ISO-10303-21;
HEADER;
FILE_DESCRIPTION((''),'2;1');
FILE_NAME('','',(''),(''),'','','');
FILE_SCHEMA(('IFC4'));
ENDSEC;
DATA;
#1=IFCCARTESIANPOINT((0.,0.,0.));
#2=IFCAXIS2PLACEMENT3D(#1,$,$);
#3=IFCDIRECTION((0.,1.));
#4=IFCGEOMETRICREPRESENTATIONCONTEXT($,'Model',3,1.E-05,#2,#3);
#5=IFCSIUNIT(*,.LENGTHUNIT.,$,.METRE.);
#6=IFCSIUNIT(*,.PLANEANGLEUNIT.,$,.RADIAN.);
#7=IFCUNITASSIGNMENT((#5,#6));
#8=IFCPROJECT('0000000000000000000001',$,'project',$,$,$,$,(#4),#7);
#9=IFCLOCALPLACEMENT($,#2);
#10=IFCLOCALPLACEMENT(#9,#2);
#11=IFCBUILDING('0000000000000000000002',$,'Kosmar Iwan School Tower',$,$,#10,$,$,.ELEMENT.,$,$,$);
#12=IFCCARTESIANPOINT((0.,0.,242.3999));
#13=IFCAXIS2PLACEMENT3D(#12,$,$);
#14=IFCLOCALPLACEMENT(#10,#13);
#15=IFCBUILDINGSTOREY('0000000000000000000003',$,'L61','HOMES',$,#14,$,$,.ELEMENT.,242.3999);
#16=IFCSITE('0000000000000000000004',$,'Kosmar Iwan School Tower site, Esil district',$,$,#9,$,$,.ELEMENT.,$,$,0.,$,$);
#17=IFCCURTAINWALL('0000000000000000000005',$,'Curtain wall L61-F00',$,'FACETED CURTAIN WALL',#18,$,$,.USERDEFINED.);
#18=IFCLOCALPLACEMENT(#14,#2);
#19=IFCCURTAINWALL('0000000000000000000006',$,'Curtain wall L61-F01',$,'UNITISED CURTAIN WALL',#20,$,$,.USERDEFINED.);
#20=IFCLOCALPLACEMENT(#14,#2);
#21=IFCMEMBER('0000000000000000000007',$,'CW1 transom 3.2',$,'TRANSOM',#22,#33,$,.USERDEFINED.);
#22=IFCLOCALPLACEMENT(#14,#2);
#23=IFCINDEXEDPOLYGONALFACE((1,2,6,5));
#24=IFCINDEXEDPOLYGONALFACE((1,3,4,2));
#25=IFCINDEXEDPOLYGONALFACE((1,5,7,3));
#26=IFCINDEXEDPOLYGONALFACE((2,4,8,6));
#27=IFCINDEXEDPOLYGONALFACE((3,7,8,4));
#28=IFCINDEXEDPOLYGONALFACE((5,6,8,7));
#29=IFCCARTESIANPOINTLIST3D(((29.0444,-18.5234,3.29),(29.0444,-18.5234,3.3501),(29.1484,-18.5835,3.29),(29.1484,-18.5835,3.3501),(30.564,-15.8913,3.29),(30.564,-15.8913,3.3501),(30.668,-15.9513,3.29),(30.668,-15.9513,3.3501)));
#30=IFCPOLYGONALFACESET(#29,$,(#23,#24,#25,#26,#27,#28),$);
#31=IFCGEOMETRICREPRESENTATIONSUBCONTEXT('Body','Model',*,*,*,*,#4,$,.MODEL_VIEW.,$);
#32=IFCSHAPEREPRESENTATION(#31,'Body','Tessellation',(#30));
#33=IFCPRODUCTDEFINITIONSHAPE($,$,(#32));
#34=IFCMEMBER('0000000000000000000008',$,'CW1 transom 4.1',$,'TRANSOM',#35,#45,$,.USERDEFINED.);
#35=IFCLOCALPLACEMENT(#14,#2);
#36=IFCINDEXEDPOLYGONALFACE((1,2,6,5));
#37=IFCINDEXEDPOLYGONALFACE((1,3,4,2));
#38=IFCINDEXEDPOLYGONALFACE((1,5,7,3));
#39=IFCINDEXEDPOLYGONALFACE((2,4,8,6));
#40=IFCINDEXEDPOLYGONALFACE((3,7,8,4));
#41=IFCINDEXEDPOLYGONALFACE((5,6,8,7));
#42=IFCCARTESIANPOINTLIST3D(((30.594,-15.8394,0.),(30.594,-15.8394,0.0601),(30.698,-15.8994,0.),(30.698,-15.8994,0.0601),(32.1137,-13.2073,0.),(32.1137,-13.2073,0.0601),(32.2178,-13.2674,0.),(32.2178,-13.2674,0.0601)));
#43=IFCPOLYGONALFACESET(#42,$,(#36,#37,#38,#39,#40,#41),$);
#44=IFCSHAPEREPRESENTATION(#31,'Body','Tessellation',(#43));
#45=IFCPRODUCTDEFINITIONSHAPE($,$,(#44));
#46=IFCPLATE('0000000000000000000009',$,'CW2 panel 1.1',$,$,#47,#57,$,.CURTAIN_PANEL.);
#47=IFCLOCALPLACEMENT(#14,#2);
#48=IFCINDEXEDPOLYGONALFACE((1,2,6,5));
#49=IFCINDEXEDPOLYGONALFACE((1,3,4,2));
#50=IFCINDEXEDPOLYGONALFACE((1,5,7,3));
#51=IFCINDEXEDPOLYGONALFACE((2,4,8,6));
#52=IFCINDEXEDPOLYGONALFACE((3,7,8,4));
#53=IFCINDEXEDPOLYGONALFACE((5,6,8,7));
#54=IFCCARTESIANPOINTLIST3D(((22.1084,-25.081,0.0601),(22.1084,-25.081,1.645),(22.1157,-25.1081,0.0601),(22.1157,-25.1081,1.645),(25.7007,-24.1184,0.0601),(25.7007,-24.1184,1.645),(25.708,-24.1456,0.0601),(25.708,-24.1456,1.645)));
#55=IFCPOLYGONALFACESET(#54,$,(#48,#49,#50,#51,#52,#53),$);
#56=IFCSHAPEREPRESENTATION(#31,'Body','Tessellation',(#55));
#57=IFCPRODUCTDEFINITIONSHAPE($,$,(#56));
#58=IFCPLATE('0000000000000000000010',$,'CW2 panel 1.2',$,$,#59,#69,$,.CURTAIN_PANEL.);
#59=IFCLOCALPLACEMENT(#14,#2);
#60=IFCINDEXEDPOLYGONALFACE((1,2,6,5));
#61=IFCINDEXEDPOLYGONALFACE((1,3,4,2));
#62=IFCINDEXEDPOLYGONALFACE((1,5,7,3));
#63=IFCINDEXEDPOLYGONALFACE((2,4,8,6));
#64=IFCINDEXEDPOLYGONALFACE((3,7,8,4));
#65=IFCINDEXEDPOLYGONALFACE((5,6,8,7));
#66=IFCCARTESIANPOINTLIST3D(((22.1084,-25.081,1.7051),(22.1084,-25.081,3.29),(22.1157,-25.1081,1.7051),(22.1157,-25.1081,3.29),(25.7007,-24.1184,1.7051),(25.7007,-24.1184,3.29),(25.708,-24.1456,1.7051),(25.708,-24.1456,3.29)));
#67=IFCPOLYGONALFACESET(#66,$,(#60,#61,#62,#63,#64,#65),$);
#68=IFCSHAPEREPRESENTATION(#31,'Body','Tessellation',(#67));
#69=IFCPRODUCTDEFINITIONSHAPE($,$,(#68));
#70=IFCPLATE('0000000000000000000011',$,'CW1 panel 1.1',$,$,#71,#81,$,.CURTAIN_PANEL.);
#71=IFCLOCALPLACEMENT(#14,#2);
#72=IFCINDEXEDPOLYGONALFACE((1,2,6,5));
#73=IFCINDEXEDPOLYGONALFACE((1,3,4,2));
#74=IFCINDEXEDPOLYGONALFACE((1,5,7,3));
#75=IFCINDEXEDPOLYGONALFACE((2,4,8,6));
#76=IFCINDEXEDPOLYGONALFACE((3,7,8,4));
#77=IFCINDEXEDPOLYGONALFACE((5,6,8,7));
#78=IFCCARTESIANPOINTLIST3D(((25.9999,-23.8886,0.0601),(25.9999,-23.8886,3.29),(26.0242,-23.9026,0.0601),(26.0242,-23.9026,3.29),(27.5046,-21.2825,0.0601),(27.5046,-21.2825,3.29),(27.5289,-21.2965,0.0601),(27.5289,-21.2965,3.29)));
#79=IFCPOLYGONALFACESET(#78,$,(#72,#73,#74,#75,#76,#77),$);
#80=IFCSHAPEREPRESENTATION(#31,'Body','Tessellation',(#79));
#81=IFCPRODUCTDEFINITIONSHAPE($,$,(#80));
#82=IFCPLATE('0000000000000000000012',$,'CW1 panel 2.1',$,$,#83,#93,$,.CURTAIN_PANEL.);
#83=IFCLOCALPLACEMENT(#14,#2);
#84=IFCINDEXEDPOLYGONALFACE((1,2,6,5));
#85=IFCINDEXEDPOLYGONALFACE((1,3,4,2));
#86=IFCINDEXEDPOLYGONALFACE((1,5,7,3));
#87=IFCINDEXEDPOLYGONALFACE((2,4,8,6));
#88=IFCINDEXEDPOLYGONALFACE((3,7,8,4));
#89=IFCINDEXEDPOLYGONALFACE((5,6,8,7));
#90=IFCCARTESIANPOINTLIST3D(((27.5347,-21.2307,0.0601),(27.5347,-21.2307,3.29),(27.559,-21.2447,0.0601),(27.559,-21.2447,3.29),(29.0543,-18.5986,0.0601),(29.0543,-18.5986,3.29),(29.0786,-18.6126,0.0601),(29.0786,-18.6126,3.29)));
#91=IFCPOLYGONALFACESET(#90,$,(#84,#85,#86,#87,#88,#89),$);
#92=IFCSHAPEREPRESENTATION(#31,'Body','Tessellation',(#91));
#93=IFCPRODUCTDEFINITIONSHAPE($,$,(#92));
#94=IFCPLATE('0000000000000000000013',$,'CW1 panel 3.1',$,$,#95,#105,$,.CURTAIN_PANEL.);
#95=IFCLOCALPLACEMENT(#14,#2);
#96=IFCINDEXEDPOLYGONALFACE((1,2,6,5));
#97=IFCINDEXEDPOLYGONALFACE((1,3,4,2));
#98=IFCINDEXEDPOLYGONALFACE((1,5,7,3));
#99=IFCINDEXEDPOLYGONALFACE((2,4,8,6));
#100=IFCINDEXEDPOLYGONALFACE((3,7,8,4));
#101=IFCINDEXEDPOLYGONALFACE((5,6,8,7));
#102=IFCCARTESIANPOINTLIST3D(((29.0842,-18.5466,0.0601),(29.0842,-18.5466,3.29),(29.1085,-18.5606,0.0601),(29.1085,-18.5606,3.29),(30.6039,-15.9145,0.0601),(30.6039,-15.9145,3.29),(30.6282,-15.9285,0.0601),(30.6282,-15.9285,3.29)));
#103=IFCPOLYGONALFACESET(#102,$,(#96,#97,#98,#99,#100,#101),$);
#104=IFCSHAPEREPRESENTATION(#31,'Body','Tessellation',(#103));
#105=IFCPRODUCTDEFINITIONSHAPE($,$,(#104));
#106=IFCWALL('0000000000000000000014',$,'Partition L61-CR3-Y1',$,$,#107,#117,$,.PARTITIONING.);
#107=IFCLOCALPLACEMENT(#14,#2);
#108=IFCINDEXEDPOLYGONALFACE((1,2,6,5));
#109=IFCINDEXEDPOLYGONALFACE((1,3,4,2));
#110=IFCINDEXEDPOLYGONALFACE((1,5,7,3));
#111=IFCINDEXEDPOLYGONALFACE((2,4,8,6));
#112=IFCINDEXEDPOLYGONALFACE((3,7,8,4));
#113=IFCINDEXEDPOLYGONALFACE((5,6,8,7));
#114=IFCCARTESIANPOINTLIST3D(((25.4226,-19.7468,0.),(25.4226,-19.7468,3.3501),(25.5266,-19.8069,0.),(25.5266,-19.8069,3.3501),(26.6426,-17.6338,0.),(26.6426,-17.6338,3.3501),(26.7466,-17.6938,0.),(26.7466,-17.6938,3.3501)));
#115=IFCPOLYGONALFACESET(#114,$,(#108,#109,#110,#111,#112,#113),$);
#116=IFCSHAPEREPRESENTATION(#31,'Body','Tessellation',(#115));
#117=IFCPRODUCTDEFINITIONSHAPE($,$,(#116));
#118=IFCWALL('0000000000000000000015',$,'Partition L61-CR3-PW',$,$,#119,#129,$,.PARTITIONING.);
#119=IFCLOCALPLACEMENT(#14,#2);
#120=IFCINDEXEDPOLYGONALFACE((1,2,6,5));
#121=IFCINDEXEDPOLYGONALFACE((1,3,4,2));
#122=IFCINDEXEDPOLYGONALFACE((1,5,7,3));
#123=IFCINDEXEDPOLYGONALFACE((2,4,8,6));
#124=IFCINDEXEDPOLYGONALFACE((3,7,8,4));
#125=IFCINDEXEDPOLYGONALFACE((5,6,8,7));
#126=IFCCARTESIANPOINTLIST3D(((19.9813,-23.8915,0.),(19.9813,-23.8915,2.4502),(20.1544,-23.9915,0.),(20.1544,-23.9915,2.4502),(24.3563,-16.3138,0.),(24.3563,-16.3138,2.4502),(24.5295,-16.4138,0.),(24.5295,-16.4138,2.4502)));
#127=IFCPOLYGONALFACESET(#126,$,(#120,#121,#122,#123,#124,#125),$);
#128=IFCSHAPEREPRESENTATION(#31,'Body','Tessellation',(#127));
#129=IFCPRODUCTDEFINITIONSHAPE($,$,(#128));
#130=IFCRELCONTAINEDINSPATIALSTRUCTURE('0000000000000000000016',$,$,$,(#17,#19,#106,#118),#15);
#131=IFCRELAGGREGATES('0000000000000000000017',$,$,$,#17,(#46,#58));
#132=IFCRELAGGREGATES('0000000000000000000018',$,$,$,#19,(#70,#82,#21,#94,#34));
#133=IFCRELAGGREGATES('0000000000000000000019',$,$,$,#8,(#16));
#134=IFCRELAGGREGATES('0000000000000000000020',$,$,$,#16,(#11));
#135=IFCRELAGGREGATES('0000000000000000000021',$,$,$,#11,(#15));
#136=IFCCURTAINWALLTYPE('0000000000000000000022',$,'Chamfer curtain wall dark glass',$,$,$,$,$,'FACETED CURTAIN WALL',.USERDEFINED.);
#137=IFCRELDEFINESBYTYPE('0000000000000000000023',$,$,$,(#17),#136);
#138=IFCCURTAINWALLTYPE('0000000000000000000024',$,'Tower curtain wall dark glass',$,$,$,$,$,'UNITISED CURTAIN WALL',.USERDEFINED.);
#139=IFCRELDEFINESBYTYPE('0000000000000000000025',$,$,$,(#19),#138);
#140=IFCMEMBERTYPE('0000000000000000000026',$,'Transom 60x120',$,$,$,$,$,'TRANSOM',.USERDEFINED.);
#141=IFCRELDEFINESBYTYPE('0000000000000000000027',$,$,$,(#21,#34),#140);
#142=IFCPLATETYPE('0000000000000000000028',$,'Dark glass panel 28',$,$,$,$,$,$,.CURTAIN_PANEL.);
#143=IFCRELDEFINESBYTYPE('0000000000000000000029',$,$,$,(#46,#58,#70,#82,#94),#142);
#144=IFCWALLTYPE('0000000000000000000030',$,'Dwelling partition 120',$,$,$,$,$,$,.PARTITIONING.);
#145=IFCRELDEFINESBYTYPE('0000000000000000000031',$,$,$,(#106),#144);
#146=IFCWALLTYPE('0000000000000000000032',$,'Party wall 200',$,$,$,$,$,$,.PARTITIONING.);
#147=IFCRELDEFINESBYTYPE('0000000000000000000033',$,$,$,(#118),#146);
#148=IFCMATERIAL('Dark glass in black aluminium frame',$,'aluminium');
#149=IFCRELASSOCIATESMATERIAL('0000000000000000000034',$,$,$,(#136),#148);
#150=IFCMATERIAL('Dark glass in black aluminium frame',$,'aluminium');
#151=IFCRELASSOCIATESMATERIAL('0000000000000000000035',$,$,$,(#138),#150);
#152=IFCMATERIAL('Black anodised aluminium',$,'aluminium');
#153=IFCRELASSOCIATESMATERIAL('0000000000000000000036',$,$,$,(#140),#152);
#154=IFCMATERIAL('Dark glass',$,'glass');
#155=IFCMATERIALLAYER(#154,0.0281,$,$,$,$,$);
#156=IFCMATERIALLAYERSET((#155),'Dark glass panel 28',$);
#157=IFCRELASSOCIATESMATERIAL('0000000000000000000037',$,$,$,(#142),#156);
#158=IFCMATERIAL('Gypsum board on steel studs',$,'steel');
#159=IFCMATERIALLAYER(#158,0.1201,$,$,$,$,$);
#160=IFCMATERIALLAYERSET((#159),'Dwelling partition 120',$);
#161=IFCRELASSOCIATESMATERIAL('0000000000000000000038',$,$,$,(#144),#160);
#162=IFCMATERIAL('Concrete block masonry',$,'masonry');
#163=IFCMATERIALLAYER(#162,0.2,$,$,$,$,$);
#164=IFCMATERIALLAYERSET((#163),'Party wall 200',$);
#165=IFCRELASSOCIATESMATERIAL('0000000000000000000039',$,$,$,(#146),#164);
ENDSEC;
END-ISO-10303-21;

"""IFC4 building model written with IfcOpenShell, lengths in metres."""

from ifc_helpers import new_model, si_unit, direction, frame, frame_2d, origin, origin_2d, place, context, subcontext, project, spatial, rectangle, extrude, material, layer, layer_set, material_profile, profile_set, type_object, element, aggregate, save


model = new_model("IFC4")

# Units and contexts
model_context = context("Model", 3, precision=1e-05, world=origin(), true_north=direction((0.0, 1.0)))
body_context = subcontext(model_context, "Body", "Model", "MODEL_VIEW")
ifc_project = project(units=[si_unit("LENGTHUNIT", "METRE"), si_unit("PLANEANGLEUNIT", "RADIAN")], contexts=[model_context])

# Site, building, storey
site_placement = place(None, origin())
site = spatial("IfcSite", under=ifc_project, at=site_placement, Name="Kosmar Iwan School Tower site, Esil district", CompositionType="ELEMENT", RefElevation=0.0)
building_placement = place(site_placement, origin())
building = spatial("IfcBuilding", under=site, at=building_placement, Name="Kosmar Iwan School Tower", CompositionType="ELEMENT")
storey_placement = place(building_placement, frame((0.0, 0.0, 242.3999)))
storey = spatial("IfcBuildingStorey", under=building, at=storey_placement, Name="L61", Description="HOMES", CompositionType="ELEMENT", Elevation=242.3999)

# Curtain wall
ifc_material_1 = material(Name="Dark glass in black aluminium frame", Category="aluminium")
curtain_wall_type_1 = type_object("IfcCurtainWallType", Name="Chamfer curtain wall dark glass", ElementType="FACETED CURTAIN WALL", PredefinedType="USERDEFINED", material=ifc_material_1)
curtain_wall_1_placement = place(storey_placement, origin())
curtain_wall_1 = element("IfcCurtainWall", 1, at=curtain_wall_1_placement, inside=storey, type_object=curtain_wall_type_1, Name="Curtain wall L61-F00", ObjectType="FACETED CURTAIN WALL", PredefinedType="USERDEFINED")

# Curtain wall
ifc_material_2 = material(Name="Dark glass in black aluminium frame", Category="aluminium")
curtain_wall_type_2 = type_object("IfcCurtainWallType", Name="Tower curtain wall dark glass", ElementType="UNITISED CURTAIN WALL", PredefinedType="USERDEFINED", material=ifc_material_2)
curtain_wall_2_placement = place(storey_placement, origin())
curtain_wall_2 = element("IfcCurtainWall", 2, at=curtain_wall_2_placement, inside=storey, type_object=curtain_wall_type_2, Name="Curtain wall L61-F01", ObjectType="UNITISED CURTAIN WALL", PredefinedType="USERDEFINED")

# Members
ifc_material_3 = material(Name="Black anodised aluminium", Category="aluminium")
ifc_material_profile_1 = material_profile(ifc_material_3, rectangle(XDim=0.1201, YDim=0.0601, at=origin_2d()), Name="TRANSOM 60x120")
ifc_profile_set_1 = profile_set([ifc_material_profile_1], Name="Black anodised aluminium")
member_type_1 = type_object("IfcMemberType", Name="Transom 60x120", ElementType="TRANSOM", PredefinedType="USERDEFINED", material=ifc_profile_set_1)
member_1_placement = place(storey_placement, frame((29.0964, -18.5535, 3.3201), z_axis=(0.499975, 0.86604, 0.0), x_axis=(-0.86604, 0.499975, 0.0)))
member_1 = element("IfcMember", 3, at=member_1_placement, type_object=member_type_1, Name="CW1 transom 3.2", ObjectType="TRANSOM", PredefinedType="USERDEFINED", context=body_context, shape_type="SweptSolid", body=[
    extrude(rectangle(XDim=0.1201, YDim=0.0601, at=origin_2d()), origin(), (0.0, 0.0, 1.0), 3.0393),
])
member_2_placement = place(storey_placement, frame((30.646, -15.8694, 0.03), z_axis=(0.500035, 0.866005, 0.0), x_axis=(-0.866005, 0.500035, 0.0)))
member_2 = element("IfcMember", 4, at=member_2_placement, type_object=member_type_1, Name="CW1 transom 4.1", ObjectType="TRANSOM", PredefinedType="USERDEFINED", context=body_context, shape_type="SweptSolid", body=[
    extrude(rectangle(XDim=0.1201, YDim=0.0601, at=origin_2d()), origin(), (0.0, 0.0, 1.0), 3.0393),
])

# Plates
ifc_material_4 = material(Name="Dark glass", Category="glass")
ifc_layer_1 = layer(ifc_material_4, 0.0281)
ifc_layer_set_1 = layer_set([ifc_layer_1], Name="Dark glass panel 28")
plate_type = type_object("IfcPlateType", Name="Dark glass panel 28", PredefinedType="CURTAIN_PANEL", material=ifc_layer_set_1)
plate_1_placement = place(storey_placement, frame((23.9082, -24.6133, 0.0601), z_axis=(0.0, 0.0, 1.0), x_axis=(0.965926, 0.258819, 0.0)))
plate_1 = element("IfcPlate", 5, at=plate_1_placement, type_object=plate_type, Name="CW2 panel 1.1", PredefinedType="CURTAIN_PANEL", context=body_context, shape_type="SweptSolid", body=[
    extrude(rectangle(XDim=3.719, YDim=0.0281, at=origin_2d()), origin(), (0.0, 0.0, 1.0), 1.585),
])
plate_2_placement = place(storey_placement, frame((23.9082, -24.6133, 1.7051), z_axis=(0.0, 0.0, 1.0), x_axis=(0.965926, 0.258819, 0.0)))
plate_2 = element("IfcPlate", 6, at=plate_2_placement, type_object=plate_type, Name="CW2 panel 1.2", PredefinedType="CURTAIN_PANEL", context=body_context, shape_type="SweptSolid", body=[
    extrude(rectangle(XDim=3.719, YDim=0.0281, at=origin_2d()), origin(), (0.0, 0.0, 1.0), 1.585),
])
aggregate(curtain_wall_1, [plate_1, plate_2])
plate_3_placement = place(storey_placement, frame((26.7644, -22.5925, 0.0601), z_axis=(0.0, 0.0, 1.0), x_axis=(0.5, 0.866025, 0.0)))
plate_3 = element("IfcPlate", 7, at=plate_3_placement, type_object=plate_type, Name="CW1 panel 1.1", PredefinedType="CURTAIN_PANEL", context=body_context, shape_type="SweptSolid", body=[
    extrude(rectangle(XDim=3.0093, YDim=0.0281, at=origin_2d()), origin(), (0.0, 0.0, 1.0), 3.23),
])
plate_4_placement = place(storey_placement, frame((28.3066, -19.9216, 0.0601), z_axis=(0.0, 0.0, 1.0), x_axis=(0.5, 0.866025, 0.0)))
plate_4 = element("IfcPlate", 8, at=plate_4_placement, type_object=plate_type, Name="CW1 panel 2.1", PredefinedType="CURTAIN_PANEL", context=body_context, shape_type="SweptSolid", body=[
    extrude(rectangle(XDim=3.0393, YDim=0.0281, at=origin_2d()), origin(), (0.0, 0.0, 1.0), 3.23),
])
plate_5_placement = place(storey_placement, frame((29.8562, -17.2375, 0.0601), z_axis=(0.0, 0.0, 1.0), x_axis=(0.5, 0.866025, 0.0)))
plate_5 = element("IfcPlate", 9, at=plate_5_placement, type_object=plate_type, Name="CW1 panel 3.1", PredefinedType="CURTAIN_PANEL", context=body_context, shape_type="SweptSolid", body=[
    extrude(rectangle(XDim=3.0393, YDim=0.0281, at=origin_2d()), origin(), (0.0, 0.0, 1.0), 3.23),
])
aggregate(curtain_wall_2, [plate_3, plate_4, member_1, plate_5, member_2])

# Walls
ifc_material_5 = material(Name="Gypsum board on steel studs", Category="steel")
ifc_layer_2 = layer(ifc_material_5, 0.1201)
ifc_layer_set_2 = layer_set([ifc_layer_2], Name="Dwelling partition 120")
wall_type_1 = type_object("IfcWallType", Name="Dwelling partition 120", PredefinedType="PARTITIONING", material=ifc_layer_set_2)
wall_1_placement = place(storey_placement, frame((26.6946, -17.6638, 0.0), z_axis=(0.0, 0.0, 1.0), x_axis=(-0.500003, -0.866024, 0.0)))
element("IfcWall", 10, at=wall_1_placement, inside=storey, type_object=wall_type_1, Name="Partition L61-CR3-Y1", PredefinedType="PARTITIONING", context=body_context, shape_type="SweptSolid", body=[
    extrude(rectangle(XDim=2.4399, YDim=0.1201, at=frame_2d((1.22, 0.0))), origin(), (0.0, 0.0, 1.0), 3.3501),
])
ifc_material_6 = material(Name="Concrete block masonry", Category="masonry")
ifc_layer_3 = layer(ifc_material_6, 0.2)
ifc_layer_set_3 = layer_set([ifc_layer_3], Name="Party wall 200")
wall_type_2 = type_object("IfcWallType", Name="Party wall 200", PredefinedType="PARTITIONING", material=ifc_layer_set_3)
wall_2_placement = place(storey_placement, frame((24.4429, -16.3638, 0.0), z_axis=(0.0, 0.0, 1.0), x_axis=(-0.500004, -0.866023, 0.0)))
element("IfcWall", 11, at=wall_2_placement, inside=storey, type_object=wall_type_2, Name="Partition L61-CR3-PW", PredefinedType="PARTITIONING", context=body_context, shape_type="SweptSolid", body=[
    extrude(rectangle(XDim=8.75, YDim=0.2, at=frame_2d((4.375, 0.0))), origin(), (0.0, 0.0, 1.0), 2.4502),
])

save(model, "model.ifc")
